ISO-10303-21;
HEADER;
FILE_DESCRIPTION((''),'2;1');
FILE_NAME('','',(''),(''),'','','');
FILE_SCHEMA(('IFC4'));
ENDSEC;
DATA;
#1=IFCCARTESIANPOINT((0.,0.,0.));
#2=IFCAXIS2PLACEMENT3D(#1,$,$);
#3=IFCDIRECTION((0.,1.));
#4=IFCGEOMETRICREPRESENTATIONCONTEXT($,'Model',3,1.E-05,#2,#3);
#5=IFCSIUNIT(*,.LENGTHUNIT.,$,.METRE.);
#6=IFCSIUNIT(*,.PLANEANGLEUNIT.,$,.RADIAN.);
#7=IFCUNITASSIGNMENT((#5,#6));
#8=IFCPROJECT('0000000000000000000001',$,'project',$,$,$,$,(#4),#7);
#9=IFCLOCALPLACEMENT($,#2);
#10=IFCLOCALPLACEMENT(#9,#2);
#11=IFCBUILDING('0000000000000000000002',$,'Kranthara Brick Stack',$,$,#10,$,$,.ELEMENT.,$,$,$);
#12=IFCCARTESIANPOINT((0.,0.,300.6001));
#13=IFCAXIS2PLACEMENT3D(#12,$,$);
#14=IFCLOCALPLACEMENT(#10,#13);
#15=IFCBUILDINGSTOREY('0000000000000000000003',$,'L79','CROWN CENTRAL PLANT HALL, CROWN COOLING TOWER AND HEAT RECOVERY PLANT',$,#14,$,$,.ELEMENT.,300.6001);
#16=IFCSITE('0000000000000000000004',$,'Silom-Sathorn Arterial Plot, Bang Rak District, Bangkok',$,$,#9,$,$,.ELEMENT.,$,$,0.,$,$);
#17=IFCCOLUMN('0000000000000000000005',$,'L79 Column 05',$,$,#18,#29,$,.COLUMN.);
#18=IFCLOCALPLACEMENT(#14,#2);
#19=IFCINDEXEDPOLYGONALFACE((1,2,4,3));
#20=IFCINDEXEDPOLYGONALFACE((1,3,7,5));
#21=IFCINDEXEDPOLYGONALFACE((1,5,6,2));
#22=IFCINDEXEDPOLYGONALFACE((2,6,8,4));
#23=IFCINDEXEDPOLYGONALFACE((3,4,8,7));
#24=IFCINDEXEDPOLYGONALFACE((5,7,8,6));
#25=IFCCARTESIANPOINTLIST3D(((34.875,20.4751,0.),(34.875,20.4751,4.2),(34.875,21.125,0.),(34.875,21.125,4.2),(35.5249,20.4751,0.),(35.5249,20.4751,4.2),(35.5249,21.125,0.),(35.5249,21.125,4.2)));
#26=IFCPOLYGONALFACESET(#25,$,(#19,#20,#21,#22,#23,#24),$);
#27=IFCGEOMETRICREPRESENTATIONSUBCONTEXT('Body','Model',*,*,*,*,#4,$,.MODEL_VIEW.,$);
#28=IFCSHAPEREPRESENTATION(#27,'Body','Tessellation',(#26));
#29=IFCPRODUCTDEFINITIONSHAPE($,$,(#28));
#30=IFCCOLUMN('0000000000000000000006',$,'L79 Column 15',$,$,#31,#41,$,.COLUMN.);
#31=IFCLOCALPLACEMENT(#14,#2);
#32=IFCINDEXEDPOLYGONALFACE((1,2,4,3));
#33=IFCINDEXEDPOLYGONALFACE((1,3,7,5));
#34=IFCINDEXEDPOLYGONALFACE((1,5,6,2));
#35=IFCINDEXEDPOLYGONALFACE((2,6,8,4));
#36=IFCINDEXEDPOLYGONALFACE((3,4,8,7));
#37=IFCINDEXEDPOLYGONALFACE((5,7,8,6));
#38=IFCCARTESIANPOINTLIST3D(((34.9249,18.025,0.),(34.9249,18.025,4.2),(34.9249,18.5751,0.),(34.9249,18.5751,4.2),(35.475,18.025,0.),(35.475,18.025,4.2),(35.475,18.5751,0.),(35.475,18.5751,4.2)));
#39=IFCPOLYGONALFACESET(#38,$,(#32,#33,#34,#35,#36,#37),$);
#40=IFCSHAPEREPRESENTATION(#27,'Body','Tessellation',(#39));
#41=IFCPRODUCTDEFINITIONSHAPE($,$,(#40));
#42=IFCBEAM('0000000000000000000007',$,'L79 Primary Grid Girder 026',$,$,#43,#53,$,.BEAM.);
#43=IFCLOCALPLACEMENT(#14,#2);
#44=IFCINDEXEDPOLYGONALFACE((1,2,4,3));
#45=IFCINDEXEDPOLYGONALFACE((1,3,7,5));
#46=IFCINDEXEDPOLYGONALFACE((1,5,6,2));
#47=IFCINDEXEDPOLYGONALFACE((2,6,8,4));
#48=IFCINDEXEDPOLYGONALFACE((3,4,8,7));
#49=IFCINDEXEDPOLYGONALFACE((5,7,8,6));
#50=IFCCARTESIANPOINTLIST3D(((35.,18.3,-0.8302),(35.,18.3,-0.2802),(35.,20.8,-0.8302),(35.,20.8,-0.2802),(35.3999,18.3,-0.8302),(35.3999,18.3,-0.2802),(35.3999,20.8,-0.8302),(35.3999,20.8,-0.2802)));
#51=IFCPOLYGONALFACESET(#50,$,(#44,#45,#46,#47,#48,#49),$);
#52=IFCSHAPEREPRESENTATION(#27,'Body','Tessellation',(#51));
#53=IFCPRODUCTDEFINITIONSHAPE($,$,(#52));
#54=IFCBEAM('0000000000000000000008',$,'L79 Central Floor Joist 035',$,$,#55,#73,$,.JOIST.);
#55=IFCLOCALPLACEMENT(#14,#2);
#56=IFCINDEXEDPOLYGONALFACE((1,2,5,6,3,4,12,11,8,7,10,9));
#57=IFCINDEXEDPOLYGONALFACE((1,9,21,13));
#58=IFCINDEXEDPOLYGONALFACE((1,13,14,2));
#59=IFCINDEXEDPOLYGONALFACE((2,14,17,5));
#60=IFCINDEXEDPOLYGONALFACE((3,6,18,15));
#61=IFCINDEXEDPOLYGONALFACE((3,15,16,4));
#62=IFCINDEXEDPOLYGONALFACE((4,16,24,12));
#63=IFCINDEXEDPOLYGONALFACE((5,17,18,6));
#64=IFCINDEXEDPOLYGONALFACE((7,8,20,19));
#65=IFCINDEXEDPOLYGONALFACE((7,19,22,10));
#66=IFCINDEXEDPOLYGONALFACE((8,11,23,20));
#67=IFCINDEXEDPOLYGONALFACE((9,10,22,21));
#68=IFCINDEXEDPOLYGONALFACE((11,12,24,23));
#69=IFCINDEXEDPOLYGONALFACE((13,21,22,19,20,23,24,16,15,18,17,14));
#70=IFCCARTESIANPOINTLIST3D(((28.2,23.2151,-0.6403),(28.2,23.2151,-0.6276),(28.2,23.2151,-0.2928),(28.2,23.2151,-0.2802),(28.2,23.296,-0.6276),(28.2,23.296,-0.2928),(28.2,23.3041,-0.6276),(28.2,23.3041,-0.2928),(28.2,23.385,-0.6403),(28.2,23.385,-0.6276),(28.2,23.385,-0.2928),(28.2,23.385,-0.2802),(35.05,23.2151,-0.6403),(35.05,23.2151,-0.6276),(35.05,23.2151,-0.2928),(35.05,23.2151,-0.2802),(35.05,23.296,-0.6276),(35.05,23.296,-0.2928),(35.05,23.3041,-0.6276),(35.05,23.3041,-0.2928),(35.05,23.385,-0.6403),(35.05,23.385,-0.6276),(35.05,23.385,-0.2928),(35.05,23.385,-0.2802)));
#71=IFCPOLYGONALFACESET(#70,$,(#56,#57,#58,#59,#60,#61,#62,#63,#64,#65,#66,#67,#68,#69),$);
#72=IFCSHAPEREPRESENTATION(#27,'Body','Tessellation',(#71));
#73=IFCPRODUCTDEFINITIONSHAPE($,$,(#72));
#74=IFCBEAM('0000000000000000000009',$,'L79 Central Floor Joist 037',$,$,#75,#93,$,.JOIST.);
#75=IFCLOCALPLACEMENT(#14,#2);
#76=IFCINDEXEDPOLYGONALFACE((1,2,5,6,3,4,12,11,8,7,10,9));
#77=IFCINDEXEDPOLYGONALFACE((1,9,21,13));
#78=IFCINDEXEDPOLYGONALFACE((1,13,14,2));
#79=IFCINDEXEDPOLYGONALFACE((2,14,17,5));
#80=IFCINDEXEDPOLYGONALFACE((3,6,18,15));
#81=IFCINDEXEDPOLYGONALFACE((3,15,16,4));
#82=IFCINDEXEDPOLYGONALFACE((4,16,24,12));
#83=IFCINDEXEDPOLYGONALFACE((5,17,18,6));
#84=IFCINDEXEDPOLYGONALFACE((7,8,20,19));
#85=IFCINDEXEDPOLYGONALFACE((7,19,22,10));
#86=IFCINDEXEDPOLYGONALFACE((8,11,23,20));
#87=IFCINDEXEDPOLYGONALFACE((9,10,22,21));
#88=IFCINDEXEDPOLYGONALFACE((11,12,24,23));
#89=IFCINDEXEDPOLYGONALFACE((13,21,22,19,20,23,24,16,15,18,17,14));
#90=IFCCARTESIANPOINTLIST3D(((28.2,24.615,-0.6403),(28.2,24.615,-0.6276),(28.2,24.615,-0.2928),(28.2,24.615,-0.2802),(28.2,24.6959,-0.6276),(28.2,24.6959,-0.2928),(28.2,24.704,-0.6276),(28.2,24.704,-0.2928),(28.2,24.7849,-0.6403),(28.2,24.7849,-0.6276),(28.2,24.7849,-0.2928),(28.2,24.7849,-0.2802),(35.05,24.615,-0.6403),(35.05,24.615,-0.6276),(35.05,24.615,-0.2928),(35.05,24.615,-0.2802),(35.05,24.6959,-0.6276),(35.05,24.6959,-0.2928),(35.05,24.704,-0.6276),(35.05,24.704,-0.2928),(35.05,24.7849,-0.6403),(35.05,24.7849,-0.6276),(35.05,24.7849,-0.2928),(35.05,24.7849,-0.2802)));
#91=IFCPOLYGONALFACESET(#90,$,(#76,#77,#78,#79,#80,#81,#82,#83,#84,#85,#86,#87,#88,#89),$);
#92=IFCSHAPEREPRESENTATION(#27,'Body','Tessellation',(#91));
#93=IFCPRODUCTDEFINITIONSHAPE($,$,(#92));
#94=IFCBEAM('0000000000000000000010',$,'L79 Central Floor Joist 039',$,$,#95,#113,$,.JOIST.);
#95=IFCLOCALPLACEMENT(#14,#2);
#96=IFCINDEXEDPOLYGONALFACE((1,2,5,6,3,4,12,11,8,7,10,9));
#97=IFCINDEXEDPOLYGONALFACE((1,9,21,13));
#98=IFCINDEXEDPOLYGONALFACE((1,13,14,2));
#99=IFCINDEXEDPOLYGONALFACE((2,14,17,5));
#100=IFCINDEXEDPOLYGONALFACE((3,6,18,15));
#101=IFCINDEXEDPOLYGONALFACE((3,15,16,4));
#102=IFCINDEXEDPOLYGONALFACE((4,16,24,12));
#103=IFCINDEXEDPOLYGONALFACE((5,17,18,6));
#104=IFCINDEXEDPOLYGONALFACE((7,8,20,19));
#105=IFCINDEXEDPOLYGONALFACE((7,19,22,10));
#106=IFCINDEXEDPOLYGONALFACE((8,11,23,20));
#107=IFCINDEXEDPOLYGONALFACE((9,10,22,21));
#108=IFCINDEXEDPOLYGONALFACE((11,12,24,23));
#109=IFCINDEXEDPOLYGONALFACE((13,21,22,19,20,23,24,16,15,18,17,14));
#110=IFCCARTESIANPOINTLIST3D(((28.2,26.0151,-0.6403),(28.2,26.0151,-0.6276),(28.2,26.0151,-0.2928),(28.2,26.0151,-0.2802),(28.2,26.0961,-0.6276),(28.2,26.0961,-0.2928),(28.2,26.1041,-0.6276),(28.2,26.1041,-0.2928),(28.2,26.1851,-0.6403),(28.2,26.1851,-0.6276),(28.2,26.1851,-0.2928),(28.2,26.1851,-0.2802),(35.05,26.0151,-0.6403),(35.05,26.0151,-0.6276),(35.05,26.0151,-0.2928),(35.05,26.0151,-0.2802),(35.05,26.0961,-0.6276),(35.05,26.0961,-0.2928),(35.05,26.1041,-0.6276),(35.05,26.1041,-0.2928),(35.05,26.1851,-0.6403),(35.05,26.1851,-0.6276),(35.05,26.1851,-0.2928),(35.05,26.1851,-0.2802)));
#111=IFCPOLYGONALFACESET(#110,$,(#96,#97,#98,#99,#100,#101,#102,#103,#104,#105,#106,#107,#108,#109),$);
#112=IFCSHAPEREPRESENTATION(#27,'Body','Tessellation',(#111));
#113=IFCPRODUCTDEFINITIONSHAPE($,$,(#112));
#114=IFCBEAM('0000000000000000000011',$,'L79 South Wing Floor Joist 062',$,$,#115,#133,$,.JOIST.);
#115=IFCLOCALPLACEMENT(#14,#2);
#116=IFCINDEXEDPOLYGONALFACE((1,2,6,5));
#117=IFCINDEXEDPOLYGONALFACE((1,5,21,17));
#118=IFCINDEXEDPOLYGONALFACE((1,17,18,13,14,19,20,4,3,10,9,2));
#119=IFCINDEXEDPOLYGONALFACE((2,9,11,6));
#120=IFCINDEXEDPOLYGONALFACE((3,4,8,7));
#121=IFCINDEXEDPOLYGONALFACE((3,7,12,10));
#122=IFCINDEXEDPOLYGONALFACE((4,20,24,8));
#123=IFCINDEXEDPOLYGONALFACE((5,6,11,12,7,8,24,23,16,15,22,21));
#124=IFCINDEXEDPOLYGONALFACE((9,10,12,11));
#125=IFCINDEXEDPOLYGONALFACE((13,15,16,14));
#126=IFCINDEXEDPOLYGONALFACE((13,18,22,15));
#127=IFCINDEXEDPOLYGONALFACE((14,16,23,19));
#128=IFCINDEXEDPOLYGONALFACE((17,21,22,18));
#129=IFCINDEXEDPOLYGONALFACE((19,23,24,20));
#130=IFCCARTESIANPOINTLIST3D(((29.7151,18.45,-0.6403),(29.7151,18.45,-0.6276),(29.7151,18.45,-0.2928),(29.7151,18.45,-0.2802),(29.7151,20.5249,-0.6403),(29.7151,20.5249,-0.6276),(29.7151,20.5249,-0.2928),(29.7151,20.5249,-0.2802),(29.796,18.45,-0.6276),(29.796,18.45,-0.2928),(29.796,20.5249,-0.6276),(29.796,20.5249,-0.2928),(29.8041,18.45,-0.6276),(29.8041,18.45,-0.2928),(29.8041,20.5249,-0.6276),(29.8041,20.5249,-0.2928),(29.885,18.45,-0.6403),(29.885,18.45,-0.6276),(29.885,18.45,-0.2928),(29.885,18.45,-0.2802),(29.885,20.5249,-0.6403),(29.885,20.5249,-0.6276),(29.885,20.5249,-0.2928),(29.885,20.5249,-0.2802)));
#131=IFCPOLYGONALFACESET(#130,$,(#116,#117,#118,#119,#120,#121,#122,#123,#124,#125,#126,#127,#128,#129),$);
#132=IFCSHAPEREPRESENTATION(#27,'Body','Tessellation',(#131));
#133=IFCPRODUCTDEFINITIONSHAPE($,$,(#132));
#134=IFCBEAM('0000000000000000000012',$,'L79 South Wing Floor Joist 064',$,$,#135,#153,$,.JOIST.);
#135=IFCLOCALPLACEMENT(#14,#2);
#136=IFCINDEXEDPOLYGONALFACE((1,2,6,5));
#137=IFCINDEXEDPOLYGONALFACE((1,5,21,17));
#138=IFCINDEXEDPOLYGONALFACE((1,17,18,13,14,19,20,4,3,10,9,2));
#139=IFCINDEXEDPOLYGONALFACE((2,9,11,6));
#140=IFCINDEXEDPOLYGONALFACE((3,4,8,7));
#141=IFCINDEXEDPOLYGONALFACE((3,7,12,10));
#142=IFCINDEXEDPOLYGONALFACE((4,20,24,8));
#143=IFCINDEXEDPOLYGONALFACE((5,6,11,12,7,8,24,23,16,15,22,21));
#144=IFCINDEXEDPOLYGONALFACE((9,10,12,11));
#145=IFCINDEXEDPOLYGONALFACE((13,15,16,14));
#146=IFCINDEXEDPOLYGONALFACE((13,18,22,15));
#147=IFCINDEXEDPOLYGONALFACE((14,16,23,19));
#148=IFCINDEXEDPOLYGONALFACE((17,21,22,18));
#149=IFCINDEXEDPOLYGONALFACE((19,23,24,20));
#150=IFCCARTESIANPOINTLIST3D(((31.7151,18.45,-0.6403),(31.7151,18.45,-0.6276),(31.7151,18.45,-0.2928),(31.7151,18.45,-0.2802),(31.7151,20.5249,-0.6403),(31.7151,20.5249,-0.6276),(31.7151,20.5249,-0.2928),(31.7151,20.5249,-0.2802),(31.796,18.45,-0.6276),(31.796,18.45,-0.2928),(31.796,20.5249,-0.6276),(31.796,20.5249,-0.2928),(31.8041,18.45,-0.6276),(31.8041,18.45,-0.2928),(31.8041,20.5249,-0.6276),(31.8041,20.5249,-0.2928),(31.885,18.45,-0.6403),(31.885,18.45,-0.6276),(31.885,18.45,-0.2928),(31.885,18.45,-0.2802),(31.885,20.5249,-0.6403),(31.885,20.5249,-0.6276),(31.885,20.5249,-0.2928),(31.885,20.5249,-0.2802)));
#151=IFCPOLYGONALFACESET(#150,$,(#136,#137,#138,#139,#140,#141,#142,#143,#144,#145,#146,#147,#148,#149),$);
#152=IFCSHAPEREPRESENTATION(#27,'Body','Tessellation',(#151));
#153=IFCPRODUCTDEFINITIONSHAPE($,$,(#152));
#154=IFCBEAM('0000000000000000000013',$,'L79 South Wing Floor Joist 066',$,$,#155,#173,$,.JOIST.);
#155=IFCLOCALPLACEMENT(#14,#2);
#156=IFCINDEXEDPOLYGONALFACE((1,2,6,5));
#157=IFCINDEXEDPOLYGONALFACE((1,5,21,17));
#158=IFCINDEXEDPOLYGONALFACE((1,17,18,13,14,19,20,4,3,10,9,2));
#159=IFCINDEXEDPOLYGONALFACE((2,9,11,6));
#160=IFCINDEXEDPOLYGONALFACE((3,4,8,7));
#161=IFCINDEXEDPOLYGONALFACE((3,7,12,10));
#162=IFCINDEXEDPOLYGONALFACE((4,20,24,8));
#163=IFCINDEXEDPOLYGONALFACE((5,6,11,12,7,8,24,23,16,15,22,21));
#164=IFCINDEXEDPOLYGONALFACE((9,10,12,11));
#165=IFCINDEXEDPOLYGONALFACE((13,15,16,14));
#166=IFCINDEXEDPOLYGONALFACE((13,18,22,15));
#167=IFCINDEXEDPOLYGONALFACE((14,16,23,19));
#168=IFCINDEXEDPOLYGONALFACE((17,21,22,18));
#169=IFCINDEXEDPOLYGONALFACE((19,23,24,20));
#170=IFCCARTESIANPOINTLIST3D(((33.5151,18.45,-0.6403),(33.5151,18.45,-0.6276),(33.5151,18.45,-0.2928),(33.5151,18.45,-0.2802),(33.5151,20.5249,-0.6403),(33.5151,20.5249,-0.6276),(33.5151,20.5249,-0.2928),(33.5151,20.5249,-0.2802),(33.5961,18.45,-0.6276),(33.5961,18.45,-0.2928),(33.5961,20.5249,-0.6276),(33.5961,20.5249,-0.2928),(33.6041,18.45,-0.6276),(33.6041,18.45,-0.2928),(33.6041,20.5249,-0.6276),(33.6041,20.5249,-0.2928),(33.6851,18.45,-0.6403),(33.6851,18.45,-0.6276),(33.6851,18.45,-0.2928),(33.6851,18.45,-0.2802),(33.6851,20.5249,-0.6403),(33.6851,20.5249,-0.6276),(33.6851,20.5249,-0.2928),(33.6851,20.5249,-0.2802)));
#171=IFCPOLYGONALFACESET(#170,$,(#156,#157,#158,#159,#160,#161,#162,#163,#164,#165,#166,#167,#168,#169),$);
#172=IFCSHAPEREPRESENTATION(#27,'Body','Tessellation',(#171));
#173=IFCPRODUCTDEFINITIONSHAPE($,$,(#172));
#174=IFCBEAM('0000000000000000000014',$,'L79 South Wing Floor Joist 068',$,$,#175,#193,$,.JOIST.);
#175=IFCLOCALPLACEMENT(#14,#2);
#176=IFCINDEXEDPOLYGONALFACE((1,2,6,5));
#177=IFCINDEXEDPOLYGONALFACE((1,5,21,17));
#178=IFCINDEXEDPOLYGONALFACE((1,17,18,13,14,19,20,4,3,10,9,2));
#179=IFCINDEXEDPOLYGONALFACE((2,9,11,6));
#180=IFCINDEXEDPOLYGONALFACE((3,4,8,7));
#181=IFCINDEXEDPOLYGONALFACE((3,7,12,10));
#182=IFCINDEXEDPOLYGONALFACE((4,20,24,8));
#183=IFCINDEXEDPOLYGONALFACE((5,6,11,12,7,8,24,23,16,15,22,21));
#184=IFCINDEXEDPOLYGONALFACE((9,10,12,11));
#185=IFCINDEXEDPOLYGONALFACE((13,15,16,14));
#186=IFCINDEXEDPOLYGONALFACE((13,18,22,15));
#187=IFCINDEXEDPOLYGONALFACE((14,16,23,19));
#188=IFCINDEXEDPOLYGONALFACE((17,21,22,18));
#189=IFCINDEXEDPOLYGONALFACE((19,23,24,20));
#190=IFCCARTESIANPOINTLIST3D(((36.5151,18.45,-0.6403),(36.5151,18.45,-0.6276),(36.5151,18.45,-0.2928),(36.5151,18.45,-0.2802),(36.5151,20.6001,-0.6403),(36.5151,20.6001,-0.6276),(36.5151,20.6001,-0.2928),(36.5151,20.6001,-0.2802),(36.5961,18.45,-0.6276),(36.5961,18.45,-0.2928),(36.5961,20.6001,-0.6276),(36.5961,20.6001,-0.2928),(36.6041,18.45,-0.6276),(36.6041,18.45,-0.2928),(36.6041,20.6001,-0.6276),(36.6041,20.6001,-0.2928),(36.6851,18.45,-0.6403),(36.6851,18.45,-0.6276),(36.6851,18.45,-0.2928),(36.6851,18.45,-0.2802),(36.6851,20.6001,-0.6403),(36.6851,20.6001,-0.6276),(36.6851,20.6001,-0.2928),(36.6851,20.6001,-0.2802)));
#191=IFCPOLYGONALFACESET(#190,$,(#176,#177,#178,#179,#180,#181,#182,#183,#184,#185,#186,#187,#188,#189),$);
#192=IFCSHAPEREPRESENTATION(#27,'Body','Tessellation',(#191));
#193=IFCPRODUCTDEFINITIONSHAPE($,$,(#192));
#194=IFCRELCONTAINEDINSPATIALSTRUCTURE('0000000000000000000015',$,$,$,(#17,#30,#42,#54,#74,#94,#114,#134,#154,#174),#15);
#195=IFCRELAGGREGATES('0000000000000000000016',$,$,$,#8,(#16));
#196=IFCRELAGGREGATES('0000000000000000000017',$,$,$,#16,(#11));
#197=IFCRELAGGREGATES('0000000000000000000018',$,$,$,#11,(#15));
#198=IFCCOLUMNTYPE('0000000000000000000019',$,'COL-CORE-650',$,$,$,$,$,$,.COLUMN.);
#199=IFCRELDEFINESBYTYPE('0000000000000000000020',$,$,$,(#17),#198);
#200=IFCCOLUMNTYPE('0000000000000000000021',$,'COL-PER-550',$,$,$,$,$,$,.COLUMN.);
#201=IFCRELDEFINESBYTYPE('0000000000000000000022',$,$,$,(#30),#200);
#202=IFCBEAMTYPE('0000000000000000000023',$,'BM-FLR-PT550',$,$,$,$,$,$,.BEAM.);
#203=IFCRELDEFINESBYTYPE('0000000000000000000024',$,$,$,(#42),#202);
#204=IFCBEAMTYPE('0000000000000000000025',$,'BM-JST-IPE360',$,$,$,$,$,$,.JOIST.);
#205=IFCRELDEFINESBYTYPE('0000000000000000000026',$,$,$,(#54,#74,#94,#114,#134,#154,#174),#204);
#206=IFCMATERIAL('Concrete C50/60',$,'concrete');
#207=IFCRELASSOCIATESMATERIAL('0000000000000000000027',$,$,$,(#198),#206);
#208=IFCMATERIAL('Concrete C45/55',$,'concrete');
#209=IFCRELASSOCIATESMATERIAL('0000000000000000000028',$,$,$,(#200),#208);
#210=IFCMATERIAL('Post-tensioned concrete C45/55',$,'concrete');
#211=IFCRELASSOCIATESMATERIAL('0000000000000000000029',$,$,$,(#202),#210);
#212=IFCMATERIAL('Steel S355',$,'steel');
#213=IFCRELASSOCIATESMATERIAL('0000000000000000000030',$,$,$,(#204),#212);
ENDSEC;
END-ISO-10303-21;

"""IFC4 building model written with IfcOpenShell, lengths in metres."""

from ifc_helpers import new_model, si_unit, direction, frame, origin, origin_2d, place, context, subcontext, project, spatial, rectangle, i_section, extrude, material, material_profile, profile_set, type_object, element, save


model = new_model("IFC4")

# Units and contexts
model_context = context("Model", 3, precision=1e-05, world=origin(), true_north=direction((0.0, 1.0)))
body_context = subcontext(model_context, "Body", "Model", "MODEL_VIEW")
ifc_project = project(units=[si_unit("LENGTHUNIT", "METRE"), si_unit("PLANEANGLEUNIT", "RADIAN")], contexts=[model_context])

# Site, building, storey
site_placement = place(None, origin())
site = spatial("IfcSite", under=ifc_project, at=site_placement, Name="Silom-Sathorn Arterial Plot, Bang Rak District, Bangkok", CompositionType="ELEMENT", RefElevation=0.0)
building_placement = place(site_placement, origin())
building = spatial("IfcBuilding", under=site, at=building_placement, Name="Kranthara Brick Stack", CompositionType="ELEMENT")
storey_placement = place(building_placement, frame((0.0, 0.0, 300.6001)))
storey = spatial("IfcBuildingStorey", under=building, at=storey_placement, Name="L79", Description="CROWN CENTRAL PLANT HALL, CROWN COOLING TOWER AND HEAT RECOVERY PLANT", CompositionType="ELEMENT", Elevation=300.6001)

# Columns
ifc_material_1 = material(Name="Concrete C50/60", Category="concrete")
ifc_material_profile_1 = material_profile(ifc_material_1, rectangle(XDim=0.6499, YDim=0.6499, at=origin_2d()), Name="RC 650x650")
ifc_profile_set_1 = profile_set([ifc_material_profile_1], Name="Concrete C50/60")
column_type_1 = type_object("IfcColumnType", Name="COL-CORE-650", PredefinedType="COLUMN", material=ifc_profile_set_1)
column_1_placement = place(storey_placement, frame((35.2, 20.8, 0.0), z_axis=(0.0, 0.0, 1.0), x_axis=(1.0, 0.0, 0.0)))
element("IfcColumn", 1, at=column_1_placement, inside=storey, type_object=column_type_1, Name="L79 Column 05", PredefinedType="COLUMN", context=body_context, shape_type="SweptSolid", body=[
    extrude(rectangle(XDim=0.6499, YDim=0.6499, at=origin_2d()), origin(), (0.0, 0.0, 1.0), 4.2),
])
ifc_material_2 = material(Name="Concrete C45/55", Category="concrete")
ifc_material_profile_2 = material_profile(ifc_material_2, rectangle(XDim=0.55, YDim=0.55, at=origin_2d()), Name="RC 550x550")
ifc_profile_set_2 = profile_set([ifc_material_profile_2], Name="Concrete C45/55")
column_type_2 = type_object("IfcColumnType", Name="COL-PER-550", PredefinedType="COLUMN", material=ifc_profile_set_2)
column_2_placement = place(storey_placement, frame((35.2, 18.3, 0.0), z_axis=(0.0, 0.0, 1.0), x_axis=(1.0, 0.0, 0.0)))
element("IfcColumn", 2, at=column_2_placement, inside=storey, type_object=column_type_2, Name="L79 Column 15", PredefinedType="COLUMN", context=body_context, shape_type="SweptSolid", body=[
    extrude(rectangle(XDim=0.55, YDim=0.55, at=origin_2d()), origin(), (0.0, 0.0, 1.0), 4.2),
])

# Beams
ifc_material_3 = material(Name="Post-tensioned concrete C45/55", Category="concrete")
ifc_material_profile_3 = material_profile(ifc_material_3, rectangle(XDim=0.3999, YDim=0.55, at=origin_2d()), Name="PT 400x550")
ifc_profile_set_3 = profile_set([ifc_material_profile_3], Name="Post-tensioned concrete C45/55")
beam_type_1 = type_object("IfcBeamType", Name="BM-FLR-PT550", PredefinedType="BEAM", material=ifc_profile_set_3)
beam_1_placement = place(storey_placement, frame((35.2, 18.3, -0.5552), z_axis=(0.0, 1.0, 0.0), x_axis=(-1.0, 0.0, 0.0)))
element("IfcBeam", 3, at=beam_1_placement, inside=storey, type_object=beam_type_1, Name="L79 Primary Grid Girder 026", PredefinedType="BEAM", context=body_context, shape_type="SweptSolid", body=[
    extrude(rectangle(XDim=0.3999, YDim=0.55, at=origin_2d()), origin(), (0.0, 0.0, 1.0), 2.5),
])
ifc_material_4 = material(Name="Steel S355", Category="steel")
ifc_material_profile_4 = material_profile(ifc_material_4, i_section(OverallWidth=0.1699, OverallDepth=0.3601, WebThickness=0.0081, FlangeThickness=0.0127, at=origin_2d()), Name="IPE 360")
ifc_profile_set_4 = profile_set([ifc_material_profile_4], Name="Steel S355")
beam_type_2 = type_object("IfcBeamType", Name="BM-JST-IPE360", PredefinedType="JOIST", material=ifc_profile_set_4)
for number, where, z_axis, x_axis, name in (
    (4, (28.2, 23.3, -0.4602), (1.0, 0.0, 0.0), (0.0, 1.0, 0.0), "L79 Central Floor Joist 035"),
    (5, (28.2, 24.7, -0.4602), (1.0, 0.0, 0.0), (0.0, 1.0, 0.0), "L79 Central Floor Joist 037"),
    (6, (28.2, 26.1001, -0.4602), (1.0, 0.0, 0.0), (0.0, 1.0, 0.0), "L79 Central Floor Joist 039"),
):
    element("IfcBeam", number, at=place(storey_placement, frame(where, z_axis=z_axis, x_axis=x_axis)), inside=storey, type_object=beam_type_2, Name=name, PredefinedType="JOIST", context=body_context, shape_type="SweptSolid", body=[
        extrude(i_section(OverallWidth=0.1699, OverallDepth=0.3601, WebThickness=0.0081, FlangeThickness=0.0127, at=origin_2d()), origin(), (0.0, 0.0, 1.0), 6.8501),
    ])
for number, where, z_axis, x_axis, name in (
    (7, (29.8, 18.45, -0.4602), (0.0, 1.0, 0.0), (-1.0, 0.0, 0.0), "L79 South Wing Floor Joist 062"),
    (8, (31.8, 18.45, -0.4602), (0.0, 1.0, 0.0), (-1.0, 0.0, 0.0), "L79 South Wing Floor Joist 064"),
    (9, (33.6001, 18.45, -0.4602), (0.0, 1.0, 0.0), (-1.0, 0.0, 0.0), "L79 South Wing Floor Joist 066"),
):
    element("IfcBeam", number, at=place(storey_placement, frame(where, z_axis=z_axis, x_axis=x_axis)), inside=storey, type_object=beam_type_2, Name=name, PredefinedType="JOIST", context=body_context, shape_type="SweptSolid", body=[
        extrude(i_section(OverallWidth=0.1699, OverallDepth=0.3601, WebThickness=0.0081, FlangeThickness=0.0127, at=origin_2d()), origin(), (0.0, 0.0, 1.0), 2.075),
    ])
for number, where, z_axis, x_axis, name in (
    (10, (36.6001, 18.45, -0.4602), (0.0, 1.0, 0.0), (-1.0, 0.0, 0.0), "L79 South Wing Floor Joist 068"),
):
    element("IfcBeam", number, at=place(storey_placement, frame(where, z_axis=z_axis, x_axis=x_axis)), inside=storey, type_object=beam_type_2, Name=name, PredefinedType="JOIST", context=body_context, shape_type="SweptSolid", body=[
        extrude(i_section(OverallWidth=0.1699, OverallDepth=0.3601, WebThickness=0.0081, FlangeThickness=0.0127, at=origin_2d()), origin(), (0.0, 0.0, 1.0), 2.1501),
    ])

save(model, "model.ifc")
